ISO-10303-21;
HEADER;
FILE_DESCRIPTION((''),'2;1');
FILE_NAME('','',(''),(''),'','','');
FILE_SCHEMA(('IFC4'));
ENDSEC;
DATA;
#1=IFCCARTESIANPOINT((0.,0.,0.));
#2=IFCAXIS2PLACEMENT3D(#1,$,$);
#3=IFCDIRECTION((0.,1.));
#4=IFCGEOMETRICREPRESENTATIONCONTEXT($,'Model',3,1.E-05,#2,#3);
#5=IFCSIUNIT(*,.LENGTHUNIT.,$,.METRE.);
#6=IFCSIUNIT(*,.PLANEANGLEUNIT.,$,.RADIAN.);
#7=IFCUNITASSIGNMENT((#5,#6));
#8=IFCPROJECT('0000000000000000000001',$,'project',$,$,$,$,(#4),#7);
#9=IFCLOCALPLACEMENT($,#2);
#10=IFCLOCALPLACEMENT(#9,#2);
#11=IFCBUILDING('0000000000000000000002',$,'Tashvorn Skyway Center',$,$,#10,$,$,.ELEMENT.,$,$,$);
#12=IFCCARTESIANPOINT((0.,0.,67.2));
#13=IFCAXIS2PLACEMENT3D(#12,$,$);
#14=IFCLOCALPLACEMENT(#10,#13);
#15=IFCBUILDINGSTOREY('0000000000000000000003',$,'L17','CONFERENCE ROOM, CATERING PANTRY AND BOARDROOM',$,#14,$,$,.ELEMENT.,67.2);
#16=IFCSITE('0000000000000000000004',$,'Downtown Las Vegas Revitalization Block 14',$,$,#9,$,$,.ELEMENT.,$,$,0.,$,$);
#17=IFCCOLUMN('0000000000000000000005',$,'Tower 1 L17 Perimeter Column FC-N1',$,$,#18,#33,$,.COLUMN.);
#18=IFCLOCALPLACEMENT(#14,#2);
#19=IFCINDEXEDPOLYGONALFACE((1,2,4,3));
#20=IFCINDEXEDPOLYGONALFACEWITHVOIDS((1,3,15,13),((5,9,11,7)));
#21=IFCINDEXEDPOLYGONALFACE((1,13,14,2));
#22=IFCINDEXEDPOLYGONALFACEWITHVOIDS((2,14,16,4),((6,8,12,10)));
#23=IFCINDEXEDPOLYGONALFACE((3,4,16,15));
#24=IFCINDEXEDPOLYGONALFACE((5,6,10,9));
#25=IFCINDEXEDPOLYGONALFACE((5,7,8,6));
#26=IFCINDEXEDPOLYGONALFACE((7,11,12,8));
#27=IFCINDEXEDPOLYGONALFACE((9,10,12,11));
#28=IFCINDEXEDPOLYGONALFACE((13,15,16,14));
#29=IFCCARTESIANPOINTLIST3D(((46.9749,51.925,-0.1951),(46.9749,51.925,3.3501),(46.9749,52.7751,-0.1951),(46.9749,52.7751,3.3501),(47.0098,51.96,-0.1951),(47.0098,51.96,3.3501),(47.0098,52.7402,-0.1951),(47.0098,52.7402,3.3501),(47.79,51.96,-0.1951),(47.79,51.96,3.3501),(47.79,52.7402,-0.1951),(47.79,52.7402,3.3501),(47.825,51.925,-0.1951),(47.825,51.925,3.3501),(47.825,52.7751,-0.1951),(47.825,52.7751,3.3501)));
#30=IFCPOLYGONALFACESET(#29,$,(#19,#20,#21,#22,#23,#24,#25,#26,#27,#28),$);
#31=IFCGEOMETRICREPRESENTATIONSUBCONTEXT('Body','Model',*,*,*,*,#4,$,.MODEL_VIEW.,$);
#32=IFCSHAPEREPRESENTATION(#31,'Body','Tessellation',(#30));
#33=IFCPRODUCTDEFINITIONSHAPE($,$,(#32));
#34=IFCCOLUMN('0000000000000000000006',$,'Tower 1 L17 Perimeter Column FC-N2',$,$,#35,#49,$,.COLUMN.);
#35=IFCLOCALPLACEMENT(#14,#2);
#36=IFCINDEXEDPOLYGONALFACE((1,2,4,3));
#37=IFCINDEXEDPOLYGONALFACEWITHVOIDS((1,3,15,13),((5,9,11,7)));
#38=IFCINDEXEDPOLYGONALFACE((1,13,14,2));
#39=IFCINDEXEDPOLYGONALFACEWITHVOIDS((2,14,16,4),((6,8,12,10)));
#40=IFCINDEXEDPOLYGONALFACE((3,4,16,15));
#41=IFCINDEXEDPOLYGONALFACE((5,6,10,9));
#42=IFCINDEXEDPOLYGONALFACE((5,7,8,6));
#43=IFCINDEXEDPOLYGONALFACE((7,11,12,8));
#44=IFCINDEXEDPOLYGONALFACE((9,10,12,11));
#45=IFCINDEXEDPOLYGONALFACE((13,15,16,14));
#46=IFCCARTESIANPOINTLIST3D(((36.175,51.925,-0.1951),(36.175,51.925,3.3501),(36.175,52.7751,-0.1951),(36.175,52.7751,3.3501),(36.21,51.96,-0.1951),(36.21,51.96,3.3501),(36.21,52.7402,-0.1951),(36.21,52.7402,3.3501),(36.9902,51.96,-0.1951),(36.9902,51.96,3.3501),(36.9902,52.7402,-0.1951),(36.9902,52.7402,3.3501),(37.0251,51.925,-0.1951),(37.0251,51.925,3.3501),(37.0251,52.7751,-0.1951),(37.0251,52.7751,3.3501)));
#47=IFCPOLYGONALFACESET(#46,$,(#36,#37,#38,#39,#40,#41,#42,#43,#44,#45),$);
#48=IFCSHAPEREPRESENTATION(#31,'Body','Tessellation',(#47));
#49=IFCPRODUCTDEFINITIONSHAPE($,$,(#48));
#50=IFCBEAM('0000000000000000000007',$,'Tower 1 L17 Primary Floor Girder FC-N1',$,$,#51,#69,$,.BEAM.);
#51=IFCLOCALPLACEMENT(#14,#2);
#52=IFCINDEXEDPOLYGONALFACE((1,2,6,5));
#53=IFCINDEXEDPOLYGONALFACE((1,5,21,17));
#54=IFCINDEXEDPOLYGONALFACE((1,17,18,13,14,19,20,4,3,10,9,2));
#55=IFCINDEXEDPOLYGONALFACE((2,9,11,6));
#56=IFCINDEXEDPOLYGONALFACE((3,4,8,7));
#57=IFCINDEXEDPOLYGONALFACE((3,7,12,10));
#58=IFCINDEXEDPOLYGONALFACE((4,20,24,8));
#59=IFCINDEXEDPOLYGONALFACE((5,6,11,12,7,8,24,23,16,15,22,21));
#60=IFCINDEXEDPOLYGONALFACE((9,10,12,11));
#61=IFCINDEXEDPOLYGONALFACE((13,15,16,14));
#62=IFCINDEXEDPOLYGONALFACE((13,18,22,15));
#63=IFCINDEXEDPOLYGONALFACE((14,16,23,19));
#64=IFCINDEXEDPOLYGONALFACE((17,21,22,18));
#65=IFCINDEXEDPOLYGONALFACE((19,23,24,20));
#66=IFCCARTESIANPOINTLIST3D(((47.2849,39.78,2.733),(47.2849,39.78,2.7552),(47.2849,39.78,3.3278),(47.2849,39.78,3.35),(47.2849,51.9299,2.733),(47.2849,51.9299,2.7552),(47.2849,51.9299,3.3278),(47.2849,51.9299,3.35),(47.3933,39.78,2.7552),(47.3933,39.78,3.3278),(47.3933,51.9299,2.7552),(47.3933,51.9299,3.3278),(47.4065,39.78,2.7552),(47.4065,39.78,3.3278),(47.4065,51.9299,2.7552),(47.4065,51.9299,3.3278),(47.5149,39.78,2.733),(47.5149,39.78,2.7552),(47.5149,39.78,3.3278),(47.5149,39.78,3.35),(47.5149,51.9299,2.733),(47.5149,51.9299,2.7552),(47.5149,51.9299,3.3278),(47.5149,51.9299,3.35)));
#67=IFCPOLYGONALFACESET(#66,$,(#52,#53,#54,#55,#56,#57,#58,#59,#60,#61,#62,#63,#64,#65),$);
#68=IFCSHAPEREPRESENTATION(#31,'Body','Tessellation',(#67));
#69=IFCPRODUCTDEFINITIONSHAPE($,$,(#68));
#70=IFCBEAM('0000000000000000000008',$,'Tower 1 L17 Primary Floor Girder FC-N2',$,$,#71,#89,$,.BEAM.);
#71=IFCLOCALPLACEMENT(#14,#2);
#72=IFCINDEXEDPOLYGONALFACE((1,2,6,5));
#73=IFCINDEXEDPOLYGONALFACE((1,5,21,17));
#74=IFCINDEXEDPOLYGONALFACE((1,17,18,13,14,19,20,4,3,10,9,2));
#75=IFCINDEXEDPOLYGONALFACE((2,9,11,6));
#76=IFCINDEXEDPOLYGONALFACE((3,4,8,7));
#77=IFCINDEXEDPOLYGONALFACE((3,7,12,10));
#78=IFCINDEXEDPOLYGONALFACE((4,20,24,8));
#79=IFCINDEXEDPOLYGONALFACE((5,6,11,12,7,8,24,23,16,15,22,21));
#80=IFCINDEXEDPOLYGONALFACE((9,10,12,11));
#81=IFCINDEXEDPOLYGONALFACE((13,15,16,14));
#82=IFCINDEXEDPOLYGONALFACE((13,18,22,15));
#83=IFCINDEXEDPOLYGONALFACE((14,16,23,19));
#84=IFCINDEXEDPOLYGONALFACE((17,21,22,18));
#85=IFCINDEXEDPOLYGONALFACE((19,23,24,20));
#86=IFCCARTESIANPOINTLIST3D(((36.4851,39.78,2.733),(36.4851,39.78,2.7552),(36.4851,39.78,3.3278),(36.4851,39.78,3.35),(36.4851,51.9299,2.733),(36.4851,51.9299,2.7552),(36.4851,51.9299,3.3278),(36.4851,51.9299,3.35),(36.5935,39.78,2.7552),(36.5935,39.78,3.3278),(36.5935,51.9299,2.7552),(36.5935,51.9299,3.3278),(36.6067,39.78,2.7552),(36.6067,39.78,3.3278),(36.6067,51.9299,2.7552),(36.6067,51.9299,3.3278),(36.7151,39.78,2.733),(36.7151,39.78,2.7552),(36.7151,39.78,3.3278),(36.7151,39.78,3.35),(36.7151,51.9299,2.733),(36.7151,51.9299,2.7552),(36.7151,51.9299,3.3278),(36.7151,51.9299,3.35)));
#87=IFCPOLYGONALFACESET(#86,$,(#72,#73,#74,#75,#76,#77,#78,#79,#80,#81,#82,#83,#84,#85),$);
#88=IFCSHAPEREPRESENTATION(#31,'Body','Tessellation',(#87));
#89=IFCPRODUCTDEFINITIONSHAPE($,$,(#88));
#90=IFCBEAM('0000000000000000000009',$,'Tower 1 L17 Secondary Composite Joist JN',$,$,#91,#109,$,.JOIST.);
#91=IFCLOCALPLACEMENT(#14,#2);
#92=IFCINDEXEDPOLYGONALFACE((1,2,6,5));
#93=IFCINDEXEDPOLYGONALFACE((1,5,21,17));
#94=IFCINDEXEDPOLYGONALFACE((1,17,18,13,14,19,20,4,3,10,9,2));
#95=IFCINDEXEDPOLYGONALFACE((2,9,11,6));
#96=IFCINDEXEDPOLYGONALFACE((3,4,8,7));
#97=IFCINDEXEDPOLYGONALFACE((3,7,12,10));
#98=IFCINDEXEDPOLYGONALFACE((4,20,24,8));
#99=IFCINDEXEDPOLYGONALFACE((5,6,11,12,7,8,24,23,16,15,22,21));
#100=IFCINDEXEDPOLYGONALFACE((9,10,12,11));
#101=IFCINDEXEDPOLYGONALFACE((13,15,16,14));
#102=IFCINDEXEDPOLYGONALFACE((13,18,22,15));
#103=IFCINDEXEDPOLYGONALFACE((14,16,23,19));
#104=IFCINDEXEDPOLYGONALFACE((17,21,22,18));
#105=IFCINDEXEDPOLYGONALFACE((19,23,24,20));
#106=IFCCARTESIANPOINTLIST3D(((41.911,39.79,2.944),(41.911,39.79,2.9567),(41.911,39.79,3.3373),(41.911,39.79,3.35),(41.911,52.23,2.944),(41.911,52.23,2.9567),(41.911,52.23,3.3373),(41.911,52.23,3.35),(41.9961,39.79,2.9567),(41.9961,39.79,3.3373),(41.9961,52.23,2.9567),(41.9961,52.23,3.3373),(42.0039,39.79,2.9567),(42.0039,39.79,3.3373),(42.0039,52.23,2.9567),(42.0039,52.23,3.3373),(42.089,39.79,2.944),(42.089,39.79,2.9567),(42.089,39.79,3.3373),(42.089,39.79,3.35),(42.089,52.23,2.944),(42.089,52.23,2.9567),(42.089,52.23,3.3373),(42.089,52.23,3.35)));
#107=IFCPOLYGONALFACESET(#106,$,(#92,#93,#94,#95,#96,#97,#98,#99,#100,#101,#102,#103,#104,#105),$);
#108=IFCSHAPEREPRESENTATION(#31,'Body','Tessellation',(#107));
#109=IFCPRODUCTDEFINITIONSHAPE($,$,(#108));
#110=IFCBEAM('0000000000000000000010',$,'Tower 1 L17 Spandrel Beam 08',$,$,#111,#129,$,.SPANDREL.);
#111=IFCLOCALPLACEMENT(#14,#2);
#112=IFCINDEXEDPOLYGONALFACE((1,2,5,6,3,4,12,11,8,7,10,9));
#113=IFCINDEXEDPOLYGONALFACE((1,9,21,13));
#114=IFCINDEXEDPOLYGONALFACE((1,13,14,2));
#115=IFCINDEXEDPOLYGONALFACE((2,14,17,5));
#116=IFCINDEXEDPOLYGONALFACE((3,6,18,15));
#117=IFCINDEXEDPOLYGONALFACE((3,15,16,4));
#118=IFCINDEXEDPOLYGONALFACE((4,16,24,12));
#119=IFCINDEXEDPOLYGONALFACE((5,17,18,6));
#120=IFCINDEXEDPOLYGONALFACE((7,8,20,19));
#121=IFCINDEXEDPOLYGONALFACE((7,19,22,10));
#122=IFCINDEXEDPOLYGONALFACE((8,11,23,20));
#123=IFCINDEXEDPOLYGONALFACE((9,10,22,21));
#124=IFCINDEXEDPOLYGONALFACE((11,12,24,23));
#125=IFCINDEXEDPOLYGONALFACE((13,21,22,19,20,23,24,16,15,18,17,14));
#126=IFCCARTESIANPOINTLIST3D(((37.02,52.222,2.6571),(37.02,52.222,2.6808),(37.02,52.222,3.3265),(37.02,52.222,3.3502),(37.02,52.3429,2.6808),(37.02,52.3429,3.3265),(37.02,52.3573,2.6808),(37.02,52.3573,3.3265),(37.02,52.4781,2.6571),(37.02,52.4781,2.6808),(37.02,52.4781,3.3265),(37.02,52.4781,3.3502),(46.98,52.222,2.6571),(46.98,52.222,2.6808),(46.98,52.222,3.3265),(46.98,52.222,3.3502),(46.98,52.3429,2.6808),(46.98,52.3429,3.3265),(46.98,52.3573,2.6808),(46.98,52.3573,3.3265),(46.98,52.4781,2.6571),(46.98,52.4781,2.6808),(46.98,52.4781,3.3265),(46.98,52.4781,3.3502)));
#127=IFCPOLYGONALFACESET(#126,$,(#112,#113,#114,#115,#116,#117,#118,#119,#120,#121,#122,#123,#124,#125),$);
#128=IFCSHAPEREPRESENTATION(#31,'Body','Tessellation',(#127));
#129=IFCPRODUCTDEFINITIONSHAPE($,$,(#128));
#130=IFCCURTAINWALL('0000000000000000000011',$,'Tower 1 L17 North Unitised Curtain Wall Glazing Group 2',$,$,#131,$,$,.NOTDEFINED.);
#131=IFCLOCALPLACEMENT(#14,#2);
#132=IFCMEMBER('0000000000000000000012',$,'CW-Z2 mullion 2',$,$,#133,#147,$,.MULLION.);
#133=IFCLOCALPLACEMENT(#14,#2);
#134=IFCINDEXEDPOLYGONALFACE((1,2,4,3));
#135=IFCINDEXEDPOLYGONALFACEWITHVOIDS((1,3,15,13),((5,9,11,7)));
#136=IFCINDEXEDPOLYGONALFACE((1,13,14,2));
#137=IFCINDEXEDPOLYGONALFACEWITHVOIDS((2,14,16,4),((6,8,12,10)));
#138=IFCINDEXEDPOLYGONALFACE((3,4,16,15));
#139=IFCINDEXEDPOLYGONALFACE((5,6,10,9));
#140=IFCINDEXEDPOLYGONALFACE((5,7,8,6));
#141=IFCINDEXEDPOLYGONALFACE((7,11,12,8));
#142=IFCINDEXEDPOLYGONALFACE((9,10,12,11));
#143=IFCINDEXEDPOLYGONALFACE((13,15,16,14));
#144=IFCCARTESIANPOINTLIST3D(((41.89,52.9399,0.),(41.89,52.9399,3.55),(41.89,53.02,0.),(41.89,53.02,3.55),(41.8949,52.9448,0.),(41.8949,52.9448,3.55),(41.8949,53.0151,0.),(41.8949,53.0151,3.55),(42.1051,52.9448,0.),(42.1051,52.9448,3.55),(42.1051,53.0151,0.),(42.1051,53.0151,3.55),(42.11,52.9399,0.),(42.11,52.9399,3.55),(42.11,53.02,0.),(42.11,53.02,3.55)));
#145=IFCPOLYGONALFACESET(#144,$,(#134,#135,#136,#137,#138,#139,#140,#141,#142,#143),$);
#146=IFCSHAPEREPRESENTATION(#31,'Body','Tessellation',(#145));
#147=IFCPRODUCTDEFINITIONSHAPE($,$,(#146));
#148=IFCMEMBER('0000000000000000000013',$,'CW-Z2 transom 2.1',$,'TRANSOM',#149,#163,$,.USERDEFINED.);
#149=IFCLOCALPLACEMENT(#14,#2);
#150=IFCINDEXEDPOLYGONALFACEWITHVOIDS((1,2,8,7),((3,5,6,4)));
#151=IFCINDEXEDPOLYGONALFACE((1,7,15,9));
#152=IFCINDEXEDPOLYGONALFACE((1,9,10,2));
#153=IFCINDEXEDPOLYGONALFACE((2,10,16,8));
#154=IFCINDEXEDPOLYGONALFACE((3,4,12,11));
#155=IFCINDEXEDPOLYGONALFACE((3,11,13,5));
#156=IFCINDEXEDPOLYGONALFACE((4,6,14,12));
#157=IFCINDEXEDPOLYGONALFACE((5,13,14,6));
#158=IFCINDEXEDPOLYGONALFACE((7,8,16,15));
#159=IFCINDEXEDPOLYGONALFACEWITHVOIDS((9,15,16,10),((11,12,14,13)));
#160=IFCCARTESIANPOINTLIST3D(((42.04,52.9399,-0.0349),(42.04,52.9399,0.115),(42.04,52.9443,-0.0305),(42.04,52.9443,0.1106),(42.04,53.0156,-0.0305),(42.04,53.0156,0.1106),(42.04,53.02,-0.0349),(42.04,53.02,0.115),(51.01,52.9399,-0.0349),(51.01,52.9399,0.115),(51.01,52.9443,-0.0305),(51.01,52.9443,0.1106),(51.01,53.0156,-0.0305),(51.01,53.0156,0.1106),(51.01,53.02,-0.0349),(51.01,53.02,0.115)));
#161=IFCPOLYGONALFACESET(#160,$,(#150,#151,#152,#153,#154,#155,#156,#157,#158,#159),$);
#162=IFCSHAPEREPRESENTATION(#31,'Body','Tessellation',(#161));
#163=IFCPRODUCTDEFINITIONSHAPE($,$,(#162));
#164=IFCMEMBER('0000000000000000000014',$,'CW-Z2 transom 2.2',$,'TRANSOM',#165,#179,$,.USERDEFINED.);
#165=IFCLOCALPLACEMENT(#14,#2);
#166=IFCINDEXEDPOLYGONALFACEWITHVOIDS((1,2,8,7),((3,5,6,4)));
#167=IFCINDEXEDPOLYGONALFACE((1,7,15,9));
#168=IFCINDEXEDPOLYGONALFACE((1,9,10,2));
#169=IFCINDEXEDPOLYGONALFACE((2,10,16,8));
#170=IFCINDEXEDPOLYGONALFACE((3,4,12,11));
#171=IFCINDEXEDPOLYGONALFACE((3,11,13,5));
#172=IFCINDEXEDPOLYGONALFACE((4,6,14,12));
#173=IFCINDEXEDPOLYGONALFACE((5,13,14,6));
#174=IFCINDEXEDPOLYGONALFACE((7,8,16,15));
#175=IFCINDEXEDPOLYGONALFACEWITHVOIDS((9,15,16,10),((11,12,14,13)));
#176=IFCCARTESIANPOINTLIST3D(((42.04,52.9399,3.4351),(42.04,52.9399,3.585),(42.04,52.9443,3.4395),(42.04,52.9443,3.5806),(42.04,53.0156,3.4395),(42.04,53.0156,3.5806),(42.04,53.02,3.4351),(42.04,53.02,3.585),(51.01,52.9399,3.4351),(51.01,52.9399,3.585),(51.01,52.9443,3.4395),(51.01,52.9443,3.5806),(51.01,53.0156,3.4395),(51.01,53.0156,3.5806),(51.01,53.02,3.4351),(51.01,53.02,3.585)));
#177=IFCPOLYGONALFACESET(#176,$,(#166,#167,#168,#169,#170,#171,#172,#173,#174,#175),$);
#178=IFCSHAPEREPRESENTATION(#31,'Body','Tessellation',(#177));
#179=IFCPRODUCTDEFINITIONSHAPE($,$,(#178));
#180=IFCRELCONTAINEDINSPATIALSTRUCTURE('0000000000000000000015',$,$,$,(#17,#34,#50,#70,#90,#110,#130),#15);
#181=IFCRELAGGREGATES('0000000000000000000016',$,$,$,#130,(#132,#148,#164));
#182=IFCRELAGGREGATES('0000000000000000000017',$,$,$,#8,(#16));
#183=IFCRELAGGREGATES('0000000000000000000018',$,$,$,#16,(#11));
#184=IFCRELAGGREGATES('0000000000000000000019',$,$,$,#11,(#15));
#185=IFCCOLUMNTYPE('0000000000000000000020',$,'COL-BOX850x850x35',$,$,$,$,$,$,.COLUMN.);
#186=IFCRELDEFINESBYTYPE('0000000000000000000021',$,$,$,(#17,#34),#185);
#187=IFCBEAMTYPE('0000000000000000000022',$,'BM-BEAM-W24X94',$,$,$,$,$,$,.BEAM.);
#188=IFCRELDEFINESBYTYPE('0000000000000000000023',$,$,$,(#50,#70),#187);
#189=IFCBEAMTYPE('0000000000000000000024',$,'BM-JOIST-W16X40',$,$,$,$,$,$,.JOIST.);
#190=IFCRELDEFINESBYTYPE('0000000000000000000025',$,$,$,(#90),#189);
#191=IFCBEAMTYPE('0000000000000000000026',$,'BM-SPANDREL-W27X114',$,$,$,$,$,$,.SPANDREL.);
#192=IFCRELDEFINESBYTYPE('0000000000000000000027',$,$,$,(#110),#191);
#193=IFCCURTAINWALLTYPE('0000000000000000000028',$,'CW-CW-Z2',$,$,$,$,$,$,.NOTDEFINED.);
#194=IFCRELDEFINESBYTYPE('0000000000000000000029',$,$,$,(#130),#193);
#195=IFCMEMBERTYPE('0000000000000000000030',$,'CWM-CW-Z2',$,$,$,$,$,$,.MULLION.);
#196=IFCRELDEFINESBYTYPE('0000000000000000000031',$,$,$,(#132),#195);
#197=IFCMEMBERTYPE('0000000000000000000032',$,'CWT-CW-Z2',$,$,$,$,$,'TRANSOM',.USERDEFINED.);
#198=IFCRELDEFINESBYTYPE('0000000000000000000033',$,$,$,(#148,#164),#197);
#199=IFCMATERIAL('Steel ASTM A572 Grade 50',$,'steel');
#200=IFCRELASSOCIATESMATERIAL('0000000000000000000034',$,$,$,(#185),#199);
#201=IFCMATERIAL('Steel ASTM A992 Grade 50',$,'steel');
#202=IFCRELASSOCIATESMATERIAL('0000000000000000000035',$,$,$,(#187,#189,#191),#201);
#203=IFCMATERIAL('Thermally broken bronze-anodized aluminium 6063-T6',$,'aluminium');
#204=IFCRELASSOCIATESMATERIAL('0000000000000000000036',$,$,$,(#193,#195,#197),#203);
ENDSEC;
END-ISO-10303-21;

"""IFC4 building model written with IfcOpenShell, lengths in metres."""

from ifc_helpers import new_model, si_unit, direction, frame, origin, origin_2d, place, context, subcontext, project, spatial, hollow_rectangle, i_section, extrude, material, material_profile, profile_set, type_object, element, aggregate, save


model = new_model("IFC4")

# Units and contexts
model_context = context("Model", 3, precision=1e-05, world=origin(), true_north=direction((0.0, 1.0)))
body_context = subcontext(model_context, "Body", "Model", "MODEL_VIEW")
ifc_project = project(units=[si_unit("LENGTHUNIT", "METRE"), si_unit("PLANEANGLEUNIT", "RADIAN")], contexts=[model_context])

# Site, building, storey
site_placement = place(None, origin())
site = spatial("IfcSite", under=ifc_project, at=site_placement, Name="Downtown Las Vegas Revitalization Block 14", CompositionType="ELEMENT", RefElevation=0.0)
building_placement = place(site_placement, origin())
building = spatial("IfcBuilding", under=site, at=building_placement, Name="Tashvorn Skyway Center", CompositionType="ELEMENT")
storey_placement = place(building_placement, frame((0.0, 0.0, 67.2)))
storey = spatial("IfcBuildingStorey", under=building, at=storey_placement, Name="L17", Description="CONFERENCE ROOM, CATERING PANTRY AND BOARDROOM", CompositionType="ELEMENT", Elevation=67.2)

# Columns
ifc_material_1 = material(Name="Steel ASTM A572 Grade 50", Category="steel")
ifc_material_profile_1 = material_profile(ifc_material_1, hollow_rectangle(XDim=0.8501, YDim=0.8501, WallThickness=0.0349, at=origin_2d()), Name="BOX850x850x35")
ifc_profile_set_1 = profile_set([ifc_material_profile_1], Name="Steel ASTM A572 Grade 50")
column_type = type_object("IfcColumnType", Name="COL-BOX850x850x35", PredefinedType="COLUMN", material=ifc_profile_set_1)
for number, where, z_axis, x_axis, name in (
    (1, (47.3999, 52.3501, -0.1951), (0.0, 0.0, 1.0), (1.0, 0.0, 0.0), "Tower 1 L17 Perimeter Column FC-N1"),
    (2, (36.6001, 52.3501, -0.1951), (0.0, 0.0, 1.0), (1.0, 0.0, 0.0), "Tower 1 L17 Perimeter Column FC-N2"),
):
    element("IfcColumn", number, at=place(storey_placement, frame(where, z_axis=z_axis, x_axis=x_axis)), inside=storey, type_object=column_type, Name=name, PredefinedType="COLUMN", context=body_context, shape_type="SweptSolid", body=[
        extrude(hollow_rectangle(XDim=0.8501, YDim=0.8501, WallThickness=0.0349, at=origin_2d()), origin(), (0.0, 0.0, 1.0), 3.5452),
    ])

# Beams
ifc_material_2 = material(Name="Steel ASTM A992 Grade 50", Category="steel")
ifc_material_profile_2 = material_profile(ifc_material_2, i_section(OverallWidth=0.23, OverallDepth=0.6169, WebThickness=0.0132, FlangeThickness=0.0222, at=origin_2d()), Name="W24X94")
ifc_profile_set_2 = profile_set([ifc_material_profile_2], Name="Steel ASTM A992 Grade 50")
beam_type_1 = type_object("IfcBeamType", Name="BM-BEAM-W24X94", PredefinedType="BEAM", material=ifc_profile_set_2)
for number, where, z_axis, x_axis, name in (
    (3, (47.3999, 51.9299, 3.0415), (0.0, -1.0, 0.0), (1.0, 0.0, 0.0), "Tower 1 L17 Primary Floor Girder FC-N1"),
    (4, (36.6001, 51.9299, 3.0415), (0.0, -1.0, 0.0), (1.0, 0.0, 0.0), "Tower 1 L17 Primary Floor Girder FC-N2"),
):
    element("IfcBeam", number, at=place(storey_placement, frame(where, z_axis=z_axis, x_axis=x_axis)), inside=storey, type_object=beam_type_1, Name=name, PredefinedType="BEAM", context=body_context, shape_type="SweptSolid", body=[
        extrude(i_section(OverallWidth=0.23, OverallDepth=0.6169, WebThickness=0.0132, FlangeThickness=0.0222, at=origin_2d()), origin(), (0.0, 0.0, 1.0), 12.1499),
    ])
ifc_material_profile_3 = material_profile(ifc_material_2, i_section(OverallWidth=0.178, OverallDepth=0.406, WebThickness=0.0078, FlangeThickness=0.0127, at=origin_2d()), Name="W16X40")
ifc_profile_set_3 = profile_set([ifc_material_profile_3], Name="Steel ASTM A992 Grade 50")
beam_type_2 = type_object("IfcBeamType", Name="BM-JOIST-W16X40", PredefinedType="JOIST", material=ifc_profile_set_3)
beam_1_placement = place(storey_placement, frame((42.0, 39.79, 3.147), z_axis=(0.0, 1.0, 0.0), x_axis=(-1.0, 0.0, 0.0)))
element("IfcBeam", 5, at=beam_1_placement, inside=storey, type_object=beam_type_2, Name="Tower 1 L17 Secondary Composite Joist JN", PredefinedType="JOIST", context=body_context, shape_type="SweptSolid", body=[
    extrude(i_section(OverallWidth=0.178, OverallDepth=0.406, WebThickness=0.0078, FlangeThickness=0.0127, at=origin_2d()), origin(), (0.0, 0.0, 1.0), 12.4399),
])
ifc_material_profile_4 = material_profile(ifc_material_2, i_section(OverallWidth=0.2561, OverallDepth=0.6931, WebThickness=0.0144, FlangeThickness=0.0237, at=origin_2d()), Name="W27X114")
ifc_profile_set_4 = profile_set([ifc_material_profile_4], Name="Steel ASTM A992 Grade 50")
beam_type_3 = type_object("IfcBeamType", Name="BM-SPANDREL-W27X114", PredefinedType="SPANDREL", material=ifc_profile_set_4)
beam_2_placement = place(storey_placement, frame((46.98, 52.3501, 3.0037), z_axis=(-1.0, 0.0, 0.0), x_axis=(0.0, -1.0, 0.0)))
element("IfcBeam", 6, at=beam_2_placement, inside=storey, type_object=beam_type_3, Name="Tower 1 L17 Spandrel Beam 08", PredefinedType="SPANDREL", context=body_context, shape_type="SweptSolid", body=[
    extrude(i_section(OverallWidth=0.2561, OverallDepth=0.6931, WebThickness=0.0144, FlangeThickness=0.0237, at=origin_2d()), origin(), (0.0, 0.0, 1.0), 9.96),
])

# Curtain wall, members
ifc_material_3 = material(Name="Thermally broken bronze-anodized aluminium 6063-T6", Category="aluminium")
curtain_wall_type = type_object("IfcCurtainWallType", Name="CW-CW-Z2", PredefinedType="NOTDEFINED", material=ifc_material_3)
curtain_wall_placement = place(storey_placement, origin())
curtain_wall = element("IfcCurtainWall", 7, at=curtain_wall_placement, inside=storey, type_object=curtain_wall_type, Name="Tower 1 L17 North Unitised Curtain Wall Glazing Group 2", PredefinedType="NOTDEFINED")
ifc_material_profile_5 = material_profile(ifc_material_3, hollow_rectangle(XDim=0.0801, YDim=0.22, WallThickness=0.0049, at=origin_2d()), Name="ALU-MULL-80x220")
ifc_profile_set_5 = profile_set([ifc_material_profile_5], Name="Thermally broken bronze-anodized aluminium 6063-T6")
member_type_1 = type_object("IfcMemberType", Name="CWM-CW-Z2", PredefinedType="MULLION", material=ifc_profile_set_5)
member_1_placement = place(storey_placement, frame((42.0, 52.98, 0.0), z_axis=(0.0, 0.0, 1.0), x_axis=(0.0, 1.0, 0.0)))
member_1 = element("IfcMember", 8, at=member_1_placement, type_object=member_type_1, Name="CW-Z2 mullion 2", PredefinedType="MULLION", context=body_context, shape_type="SweptSolid", body=[
    extrude(hollow_rectangle(XDim=0.0801, YDim=0.22, WallThickness=0.0049, at=origin_2d()), origin(), (0.0, 0.0, 1.0), 3.55),
])
ifc_material_profile_6 = material_profile(ifc_material_3, hollow_rectangle(XDim=0.0801, YDim=0.1499, WallThickness=0.0044, at=origin_2d()), Name="ALU-TRAN-80x150")
ifc_profile_set_6 = profile_set([ifc_material_profile_6], Name="Thermally broken bronze-anodized aluminium 6063-T6")
member_type_2 = type_object("IfcMemberType", Name="CWT-CW-Z2", ElementType="TRANSOM", PredefinedType="USERDEFINED", material=ifc_profile_set_6)
member_2_placement = place(storey_placement, frame((42.04, 52.98, 0.04), z_axis=(1.0, 0.0, 0.0), x_axis=(0.0, 1.0, 0.0)))
member_2 = element("IfcMember", 9, at=member_2_placement, type_object=member_type_2, Name="CW-Z2 transom 2.1", ObjectType="TRANSOM", PredefinedType="USERDEFINED", context=body_context, shape_type="SweptSolid", body=[
    extrude(hollow_rectangle(XDim=0.0801, YDim=0.1499, WallThickness=0.0044, at=origin_2d()), origin(), (0.0, 0.0, 1.0), 8.97),
])
member_3_placement = place(storey_placement, frame((42.04, 52.98, 3.51), z_axis=(1.0, 0.0, 0.0), x_axis=(0.0, 1.0, 0.0)))
member_3 = element("IfcMember", 10, at=member_3_placement, type_object=member_type_2, Name="CW-Z2 transom 2.2", ObjectType="TRANSOM", PredefinedType="USERDEFINED", context=body_context, shape_type="SweptSolid", body=[
    extrude(hollow_rectangle(XDim=0.0801, YDim=0.1499, WallThickness=0.0044, at=origin_2d()), origin(), (0.0, 0.0, 1.0), 8.97),
])
aggregate(curtain_wall, [member_1, member_2, member_3])

save(model, "model.ifc")
